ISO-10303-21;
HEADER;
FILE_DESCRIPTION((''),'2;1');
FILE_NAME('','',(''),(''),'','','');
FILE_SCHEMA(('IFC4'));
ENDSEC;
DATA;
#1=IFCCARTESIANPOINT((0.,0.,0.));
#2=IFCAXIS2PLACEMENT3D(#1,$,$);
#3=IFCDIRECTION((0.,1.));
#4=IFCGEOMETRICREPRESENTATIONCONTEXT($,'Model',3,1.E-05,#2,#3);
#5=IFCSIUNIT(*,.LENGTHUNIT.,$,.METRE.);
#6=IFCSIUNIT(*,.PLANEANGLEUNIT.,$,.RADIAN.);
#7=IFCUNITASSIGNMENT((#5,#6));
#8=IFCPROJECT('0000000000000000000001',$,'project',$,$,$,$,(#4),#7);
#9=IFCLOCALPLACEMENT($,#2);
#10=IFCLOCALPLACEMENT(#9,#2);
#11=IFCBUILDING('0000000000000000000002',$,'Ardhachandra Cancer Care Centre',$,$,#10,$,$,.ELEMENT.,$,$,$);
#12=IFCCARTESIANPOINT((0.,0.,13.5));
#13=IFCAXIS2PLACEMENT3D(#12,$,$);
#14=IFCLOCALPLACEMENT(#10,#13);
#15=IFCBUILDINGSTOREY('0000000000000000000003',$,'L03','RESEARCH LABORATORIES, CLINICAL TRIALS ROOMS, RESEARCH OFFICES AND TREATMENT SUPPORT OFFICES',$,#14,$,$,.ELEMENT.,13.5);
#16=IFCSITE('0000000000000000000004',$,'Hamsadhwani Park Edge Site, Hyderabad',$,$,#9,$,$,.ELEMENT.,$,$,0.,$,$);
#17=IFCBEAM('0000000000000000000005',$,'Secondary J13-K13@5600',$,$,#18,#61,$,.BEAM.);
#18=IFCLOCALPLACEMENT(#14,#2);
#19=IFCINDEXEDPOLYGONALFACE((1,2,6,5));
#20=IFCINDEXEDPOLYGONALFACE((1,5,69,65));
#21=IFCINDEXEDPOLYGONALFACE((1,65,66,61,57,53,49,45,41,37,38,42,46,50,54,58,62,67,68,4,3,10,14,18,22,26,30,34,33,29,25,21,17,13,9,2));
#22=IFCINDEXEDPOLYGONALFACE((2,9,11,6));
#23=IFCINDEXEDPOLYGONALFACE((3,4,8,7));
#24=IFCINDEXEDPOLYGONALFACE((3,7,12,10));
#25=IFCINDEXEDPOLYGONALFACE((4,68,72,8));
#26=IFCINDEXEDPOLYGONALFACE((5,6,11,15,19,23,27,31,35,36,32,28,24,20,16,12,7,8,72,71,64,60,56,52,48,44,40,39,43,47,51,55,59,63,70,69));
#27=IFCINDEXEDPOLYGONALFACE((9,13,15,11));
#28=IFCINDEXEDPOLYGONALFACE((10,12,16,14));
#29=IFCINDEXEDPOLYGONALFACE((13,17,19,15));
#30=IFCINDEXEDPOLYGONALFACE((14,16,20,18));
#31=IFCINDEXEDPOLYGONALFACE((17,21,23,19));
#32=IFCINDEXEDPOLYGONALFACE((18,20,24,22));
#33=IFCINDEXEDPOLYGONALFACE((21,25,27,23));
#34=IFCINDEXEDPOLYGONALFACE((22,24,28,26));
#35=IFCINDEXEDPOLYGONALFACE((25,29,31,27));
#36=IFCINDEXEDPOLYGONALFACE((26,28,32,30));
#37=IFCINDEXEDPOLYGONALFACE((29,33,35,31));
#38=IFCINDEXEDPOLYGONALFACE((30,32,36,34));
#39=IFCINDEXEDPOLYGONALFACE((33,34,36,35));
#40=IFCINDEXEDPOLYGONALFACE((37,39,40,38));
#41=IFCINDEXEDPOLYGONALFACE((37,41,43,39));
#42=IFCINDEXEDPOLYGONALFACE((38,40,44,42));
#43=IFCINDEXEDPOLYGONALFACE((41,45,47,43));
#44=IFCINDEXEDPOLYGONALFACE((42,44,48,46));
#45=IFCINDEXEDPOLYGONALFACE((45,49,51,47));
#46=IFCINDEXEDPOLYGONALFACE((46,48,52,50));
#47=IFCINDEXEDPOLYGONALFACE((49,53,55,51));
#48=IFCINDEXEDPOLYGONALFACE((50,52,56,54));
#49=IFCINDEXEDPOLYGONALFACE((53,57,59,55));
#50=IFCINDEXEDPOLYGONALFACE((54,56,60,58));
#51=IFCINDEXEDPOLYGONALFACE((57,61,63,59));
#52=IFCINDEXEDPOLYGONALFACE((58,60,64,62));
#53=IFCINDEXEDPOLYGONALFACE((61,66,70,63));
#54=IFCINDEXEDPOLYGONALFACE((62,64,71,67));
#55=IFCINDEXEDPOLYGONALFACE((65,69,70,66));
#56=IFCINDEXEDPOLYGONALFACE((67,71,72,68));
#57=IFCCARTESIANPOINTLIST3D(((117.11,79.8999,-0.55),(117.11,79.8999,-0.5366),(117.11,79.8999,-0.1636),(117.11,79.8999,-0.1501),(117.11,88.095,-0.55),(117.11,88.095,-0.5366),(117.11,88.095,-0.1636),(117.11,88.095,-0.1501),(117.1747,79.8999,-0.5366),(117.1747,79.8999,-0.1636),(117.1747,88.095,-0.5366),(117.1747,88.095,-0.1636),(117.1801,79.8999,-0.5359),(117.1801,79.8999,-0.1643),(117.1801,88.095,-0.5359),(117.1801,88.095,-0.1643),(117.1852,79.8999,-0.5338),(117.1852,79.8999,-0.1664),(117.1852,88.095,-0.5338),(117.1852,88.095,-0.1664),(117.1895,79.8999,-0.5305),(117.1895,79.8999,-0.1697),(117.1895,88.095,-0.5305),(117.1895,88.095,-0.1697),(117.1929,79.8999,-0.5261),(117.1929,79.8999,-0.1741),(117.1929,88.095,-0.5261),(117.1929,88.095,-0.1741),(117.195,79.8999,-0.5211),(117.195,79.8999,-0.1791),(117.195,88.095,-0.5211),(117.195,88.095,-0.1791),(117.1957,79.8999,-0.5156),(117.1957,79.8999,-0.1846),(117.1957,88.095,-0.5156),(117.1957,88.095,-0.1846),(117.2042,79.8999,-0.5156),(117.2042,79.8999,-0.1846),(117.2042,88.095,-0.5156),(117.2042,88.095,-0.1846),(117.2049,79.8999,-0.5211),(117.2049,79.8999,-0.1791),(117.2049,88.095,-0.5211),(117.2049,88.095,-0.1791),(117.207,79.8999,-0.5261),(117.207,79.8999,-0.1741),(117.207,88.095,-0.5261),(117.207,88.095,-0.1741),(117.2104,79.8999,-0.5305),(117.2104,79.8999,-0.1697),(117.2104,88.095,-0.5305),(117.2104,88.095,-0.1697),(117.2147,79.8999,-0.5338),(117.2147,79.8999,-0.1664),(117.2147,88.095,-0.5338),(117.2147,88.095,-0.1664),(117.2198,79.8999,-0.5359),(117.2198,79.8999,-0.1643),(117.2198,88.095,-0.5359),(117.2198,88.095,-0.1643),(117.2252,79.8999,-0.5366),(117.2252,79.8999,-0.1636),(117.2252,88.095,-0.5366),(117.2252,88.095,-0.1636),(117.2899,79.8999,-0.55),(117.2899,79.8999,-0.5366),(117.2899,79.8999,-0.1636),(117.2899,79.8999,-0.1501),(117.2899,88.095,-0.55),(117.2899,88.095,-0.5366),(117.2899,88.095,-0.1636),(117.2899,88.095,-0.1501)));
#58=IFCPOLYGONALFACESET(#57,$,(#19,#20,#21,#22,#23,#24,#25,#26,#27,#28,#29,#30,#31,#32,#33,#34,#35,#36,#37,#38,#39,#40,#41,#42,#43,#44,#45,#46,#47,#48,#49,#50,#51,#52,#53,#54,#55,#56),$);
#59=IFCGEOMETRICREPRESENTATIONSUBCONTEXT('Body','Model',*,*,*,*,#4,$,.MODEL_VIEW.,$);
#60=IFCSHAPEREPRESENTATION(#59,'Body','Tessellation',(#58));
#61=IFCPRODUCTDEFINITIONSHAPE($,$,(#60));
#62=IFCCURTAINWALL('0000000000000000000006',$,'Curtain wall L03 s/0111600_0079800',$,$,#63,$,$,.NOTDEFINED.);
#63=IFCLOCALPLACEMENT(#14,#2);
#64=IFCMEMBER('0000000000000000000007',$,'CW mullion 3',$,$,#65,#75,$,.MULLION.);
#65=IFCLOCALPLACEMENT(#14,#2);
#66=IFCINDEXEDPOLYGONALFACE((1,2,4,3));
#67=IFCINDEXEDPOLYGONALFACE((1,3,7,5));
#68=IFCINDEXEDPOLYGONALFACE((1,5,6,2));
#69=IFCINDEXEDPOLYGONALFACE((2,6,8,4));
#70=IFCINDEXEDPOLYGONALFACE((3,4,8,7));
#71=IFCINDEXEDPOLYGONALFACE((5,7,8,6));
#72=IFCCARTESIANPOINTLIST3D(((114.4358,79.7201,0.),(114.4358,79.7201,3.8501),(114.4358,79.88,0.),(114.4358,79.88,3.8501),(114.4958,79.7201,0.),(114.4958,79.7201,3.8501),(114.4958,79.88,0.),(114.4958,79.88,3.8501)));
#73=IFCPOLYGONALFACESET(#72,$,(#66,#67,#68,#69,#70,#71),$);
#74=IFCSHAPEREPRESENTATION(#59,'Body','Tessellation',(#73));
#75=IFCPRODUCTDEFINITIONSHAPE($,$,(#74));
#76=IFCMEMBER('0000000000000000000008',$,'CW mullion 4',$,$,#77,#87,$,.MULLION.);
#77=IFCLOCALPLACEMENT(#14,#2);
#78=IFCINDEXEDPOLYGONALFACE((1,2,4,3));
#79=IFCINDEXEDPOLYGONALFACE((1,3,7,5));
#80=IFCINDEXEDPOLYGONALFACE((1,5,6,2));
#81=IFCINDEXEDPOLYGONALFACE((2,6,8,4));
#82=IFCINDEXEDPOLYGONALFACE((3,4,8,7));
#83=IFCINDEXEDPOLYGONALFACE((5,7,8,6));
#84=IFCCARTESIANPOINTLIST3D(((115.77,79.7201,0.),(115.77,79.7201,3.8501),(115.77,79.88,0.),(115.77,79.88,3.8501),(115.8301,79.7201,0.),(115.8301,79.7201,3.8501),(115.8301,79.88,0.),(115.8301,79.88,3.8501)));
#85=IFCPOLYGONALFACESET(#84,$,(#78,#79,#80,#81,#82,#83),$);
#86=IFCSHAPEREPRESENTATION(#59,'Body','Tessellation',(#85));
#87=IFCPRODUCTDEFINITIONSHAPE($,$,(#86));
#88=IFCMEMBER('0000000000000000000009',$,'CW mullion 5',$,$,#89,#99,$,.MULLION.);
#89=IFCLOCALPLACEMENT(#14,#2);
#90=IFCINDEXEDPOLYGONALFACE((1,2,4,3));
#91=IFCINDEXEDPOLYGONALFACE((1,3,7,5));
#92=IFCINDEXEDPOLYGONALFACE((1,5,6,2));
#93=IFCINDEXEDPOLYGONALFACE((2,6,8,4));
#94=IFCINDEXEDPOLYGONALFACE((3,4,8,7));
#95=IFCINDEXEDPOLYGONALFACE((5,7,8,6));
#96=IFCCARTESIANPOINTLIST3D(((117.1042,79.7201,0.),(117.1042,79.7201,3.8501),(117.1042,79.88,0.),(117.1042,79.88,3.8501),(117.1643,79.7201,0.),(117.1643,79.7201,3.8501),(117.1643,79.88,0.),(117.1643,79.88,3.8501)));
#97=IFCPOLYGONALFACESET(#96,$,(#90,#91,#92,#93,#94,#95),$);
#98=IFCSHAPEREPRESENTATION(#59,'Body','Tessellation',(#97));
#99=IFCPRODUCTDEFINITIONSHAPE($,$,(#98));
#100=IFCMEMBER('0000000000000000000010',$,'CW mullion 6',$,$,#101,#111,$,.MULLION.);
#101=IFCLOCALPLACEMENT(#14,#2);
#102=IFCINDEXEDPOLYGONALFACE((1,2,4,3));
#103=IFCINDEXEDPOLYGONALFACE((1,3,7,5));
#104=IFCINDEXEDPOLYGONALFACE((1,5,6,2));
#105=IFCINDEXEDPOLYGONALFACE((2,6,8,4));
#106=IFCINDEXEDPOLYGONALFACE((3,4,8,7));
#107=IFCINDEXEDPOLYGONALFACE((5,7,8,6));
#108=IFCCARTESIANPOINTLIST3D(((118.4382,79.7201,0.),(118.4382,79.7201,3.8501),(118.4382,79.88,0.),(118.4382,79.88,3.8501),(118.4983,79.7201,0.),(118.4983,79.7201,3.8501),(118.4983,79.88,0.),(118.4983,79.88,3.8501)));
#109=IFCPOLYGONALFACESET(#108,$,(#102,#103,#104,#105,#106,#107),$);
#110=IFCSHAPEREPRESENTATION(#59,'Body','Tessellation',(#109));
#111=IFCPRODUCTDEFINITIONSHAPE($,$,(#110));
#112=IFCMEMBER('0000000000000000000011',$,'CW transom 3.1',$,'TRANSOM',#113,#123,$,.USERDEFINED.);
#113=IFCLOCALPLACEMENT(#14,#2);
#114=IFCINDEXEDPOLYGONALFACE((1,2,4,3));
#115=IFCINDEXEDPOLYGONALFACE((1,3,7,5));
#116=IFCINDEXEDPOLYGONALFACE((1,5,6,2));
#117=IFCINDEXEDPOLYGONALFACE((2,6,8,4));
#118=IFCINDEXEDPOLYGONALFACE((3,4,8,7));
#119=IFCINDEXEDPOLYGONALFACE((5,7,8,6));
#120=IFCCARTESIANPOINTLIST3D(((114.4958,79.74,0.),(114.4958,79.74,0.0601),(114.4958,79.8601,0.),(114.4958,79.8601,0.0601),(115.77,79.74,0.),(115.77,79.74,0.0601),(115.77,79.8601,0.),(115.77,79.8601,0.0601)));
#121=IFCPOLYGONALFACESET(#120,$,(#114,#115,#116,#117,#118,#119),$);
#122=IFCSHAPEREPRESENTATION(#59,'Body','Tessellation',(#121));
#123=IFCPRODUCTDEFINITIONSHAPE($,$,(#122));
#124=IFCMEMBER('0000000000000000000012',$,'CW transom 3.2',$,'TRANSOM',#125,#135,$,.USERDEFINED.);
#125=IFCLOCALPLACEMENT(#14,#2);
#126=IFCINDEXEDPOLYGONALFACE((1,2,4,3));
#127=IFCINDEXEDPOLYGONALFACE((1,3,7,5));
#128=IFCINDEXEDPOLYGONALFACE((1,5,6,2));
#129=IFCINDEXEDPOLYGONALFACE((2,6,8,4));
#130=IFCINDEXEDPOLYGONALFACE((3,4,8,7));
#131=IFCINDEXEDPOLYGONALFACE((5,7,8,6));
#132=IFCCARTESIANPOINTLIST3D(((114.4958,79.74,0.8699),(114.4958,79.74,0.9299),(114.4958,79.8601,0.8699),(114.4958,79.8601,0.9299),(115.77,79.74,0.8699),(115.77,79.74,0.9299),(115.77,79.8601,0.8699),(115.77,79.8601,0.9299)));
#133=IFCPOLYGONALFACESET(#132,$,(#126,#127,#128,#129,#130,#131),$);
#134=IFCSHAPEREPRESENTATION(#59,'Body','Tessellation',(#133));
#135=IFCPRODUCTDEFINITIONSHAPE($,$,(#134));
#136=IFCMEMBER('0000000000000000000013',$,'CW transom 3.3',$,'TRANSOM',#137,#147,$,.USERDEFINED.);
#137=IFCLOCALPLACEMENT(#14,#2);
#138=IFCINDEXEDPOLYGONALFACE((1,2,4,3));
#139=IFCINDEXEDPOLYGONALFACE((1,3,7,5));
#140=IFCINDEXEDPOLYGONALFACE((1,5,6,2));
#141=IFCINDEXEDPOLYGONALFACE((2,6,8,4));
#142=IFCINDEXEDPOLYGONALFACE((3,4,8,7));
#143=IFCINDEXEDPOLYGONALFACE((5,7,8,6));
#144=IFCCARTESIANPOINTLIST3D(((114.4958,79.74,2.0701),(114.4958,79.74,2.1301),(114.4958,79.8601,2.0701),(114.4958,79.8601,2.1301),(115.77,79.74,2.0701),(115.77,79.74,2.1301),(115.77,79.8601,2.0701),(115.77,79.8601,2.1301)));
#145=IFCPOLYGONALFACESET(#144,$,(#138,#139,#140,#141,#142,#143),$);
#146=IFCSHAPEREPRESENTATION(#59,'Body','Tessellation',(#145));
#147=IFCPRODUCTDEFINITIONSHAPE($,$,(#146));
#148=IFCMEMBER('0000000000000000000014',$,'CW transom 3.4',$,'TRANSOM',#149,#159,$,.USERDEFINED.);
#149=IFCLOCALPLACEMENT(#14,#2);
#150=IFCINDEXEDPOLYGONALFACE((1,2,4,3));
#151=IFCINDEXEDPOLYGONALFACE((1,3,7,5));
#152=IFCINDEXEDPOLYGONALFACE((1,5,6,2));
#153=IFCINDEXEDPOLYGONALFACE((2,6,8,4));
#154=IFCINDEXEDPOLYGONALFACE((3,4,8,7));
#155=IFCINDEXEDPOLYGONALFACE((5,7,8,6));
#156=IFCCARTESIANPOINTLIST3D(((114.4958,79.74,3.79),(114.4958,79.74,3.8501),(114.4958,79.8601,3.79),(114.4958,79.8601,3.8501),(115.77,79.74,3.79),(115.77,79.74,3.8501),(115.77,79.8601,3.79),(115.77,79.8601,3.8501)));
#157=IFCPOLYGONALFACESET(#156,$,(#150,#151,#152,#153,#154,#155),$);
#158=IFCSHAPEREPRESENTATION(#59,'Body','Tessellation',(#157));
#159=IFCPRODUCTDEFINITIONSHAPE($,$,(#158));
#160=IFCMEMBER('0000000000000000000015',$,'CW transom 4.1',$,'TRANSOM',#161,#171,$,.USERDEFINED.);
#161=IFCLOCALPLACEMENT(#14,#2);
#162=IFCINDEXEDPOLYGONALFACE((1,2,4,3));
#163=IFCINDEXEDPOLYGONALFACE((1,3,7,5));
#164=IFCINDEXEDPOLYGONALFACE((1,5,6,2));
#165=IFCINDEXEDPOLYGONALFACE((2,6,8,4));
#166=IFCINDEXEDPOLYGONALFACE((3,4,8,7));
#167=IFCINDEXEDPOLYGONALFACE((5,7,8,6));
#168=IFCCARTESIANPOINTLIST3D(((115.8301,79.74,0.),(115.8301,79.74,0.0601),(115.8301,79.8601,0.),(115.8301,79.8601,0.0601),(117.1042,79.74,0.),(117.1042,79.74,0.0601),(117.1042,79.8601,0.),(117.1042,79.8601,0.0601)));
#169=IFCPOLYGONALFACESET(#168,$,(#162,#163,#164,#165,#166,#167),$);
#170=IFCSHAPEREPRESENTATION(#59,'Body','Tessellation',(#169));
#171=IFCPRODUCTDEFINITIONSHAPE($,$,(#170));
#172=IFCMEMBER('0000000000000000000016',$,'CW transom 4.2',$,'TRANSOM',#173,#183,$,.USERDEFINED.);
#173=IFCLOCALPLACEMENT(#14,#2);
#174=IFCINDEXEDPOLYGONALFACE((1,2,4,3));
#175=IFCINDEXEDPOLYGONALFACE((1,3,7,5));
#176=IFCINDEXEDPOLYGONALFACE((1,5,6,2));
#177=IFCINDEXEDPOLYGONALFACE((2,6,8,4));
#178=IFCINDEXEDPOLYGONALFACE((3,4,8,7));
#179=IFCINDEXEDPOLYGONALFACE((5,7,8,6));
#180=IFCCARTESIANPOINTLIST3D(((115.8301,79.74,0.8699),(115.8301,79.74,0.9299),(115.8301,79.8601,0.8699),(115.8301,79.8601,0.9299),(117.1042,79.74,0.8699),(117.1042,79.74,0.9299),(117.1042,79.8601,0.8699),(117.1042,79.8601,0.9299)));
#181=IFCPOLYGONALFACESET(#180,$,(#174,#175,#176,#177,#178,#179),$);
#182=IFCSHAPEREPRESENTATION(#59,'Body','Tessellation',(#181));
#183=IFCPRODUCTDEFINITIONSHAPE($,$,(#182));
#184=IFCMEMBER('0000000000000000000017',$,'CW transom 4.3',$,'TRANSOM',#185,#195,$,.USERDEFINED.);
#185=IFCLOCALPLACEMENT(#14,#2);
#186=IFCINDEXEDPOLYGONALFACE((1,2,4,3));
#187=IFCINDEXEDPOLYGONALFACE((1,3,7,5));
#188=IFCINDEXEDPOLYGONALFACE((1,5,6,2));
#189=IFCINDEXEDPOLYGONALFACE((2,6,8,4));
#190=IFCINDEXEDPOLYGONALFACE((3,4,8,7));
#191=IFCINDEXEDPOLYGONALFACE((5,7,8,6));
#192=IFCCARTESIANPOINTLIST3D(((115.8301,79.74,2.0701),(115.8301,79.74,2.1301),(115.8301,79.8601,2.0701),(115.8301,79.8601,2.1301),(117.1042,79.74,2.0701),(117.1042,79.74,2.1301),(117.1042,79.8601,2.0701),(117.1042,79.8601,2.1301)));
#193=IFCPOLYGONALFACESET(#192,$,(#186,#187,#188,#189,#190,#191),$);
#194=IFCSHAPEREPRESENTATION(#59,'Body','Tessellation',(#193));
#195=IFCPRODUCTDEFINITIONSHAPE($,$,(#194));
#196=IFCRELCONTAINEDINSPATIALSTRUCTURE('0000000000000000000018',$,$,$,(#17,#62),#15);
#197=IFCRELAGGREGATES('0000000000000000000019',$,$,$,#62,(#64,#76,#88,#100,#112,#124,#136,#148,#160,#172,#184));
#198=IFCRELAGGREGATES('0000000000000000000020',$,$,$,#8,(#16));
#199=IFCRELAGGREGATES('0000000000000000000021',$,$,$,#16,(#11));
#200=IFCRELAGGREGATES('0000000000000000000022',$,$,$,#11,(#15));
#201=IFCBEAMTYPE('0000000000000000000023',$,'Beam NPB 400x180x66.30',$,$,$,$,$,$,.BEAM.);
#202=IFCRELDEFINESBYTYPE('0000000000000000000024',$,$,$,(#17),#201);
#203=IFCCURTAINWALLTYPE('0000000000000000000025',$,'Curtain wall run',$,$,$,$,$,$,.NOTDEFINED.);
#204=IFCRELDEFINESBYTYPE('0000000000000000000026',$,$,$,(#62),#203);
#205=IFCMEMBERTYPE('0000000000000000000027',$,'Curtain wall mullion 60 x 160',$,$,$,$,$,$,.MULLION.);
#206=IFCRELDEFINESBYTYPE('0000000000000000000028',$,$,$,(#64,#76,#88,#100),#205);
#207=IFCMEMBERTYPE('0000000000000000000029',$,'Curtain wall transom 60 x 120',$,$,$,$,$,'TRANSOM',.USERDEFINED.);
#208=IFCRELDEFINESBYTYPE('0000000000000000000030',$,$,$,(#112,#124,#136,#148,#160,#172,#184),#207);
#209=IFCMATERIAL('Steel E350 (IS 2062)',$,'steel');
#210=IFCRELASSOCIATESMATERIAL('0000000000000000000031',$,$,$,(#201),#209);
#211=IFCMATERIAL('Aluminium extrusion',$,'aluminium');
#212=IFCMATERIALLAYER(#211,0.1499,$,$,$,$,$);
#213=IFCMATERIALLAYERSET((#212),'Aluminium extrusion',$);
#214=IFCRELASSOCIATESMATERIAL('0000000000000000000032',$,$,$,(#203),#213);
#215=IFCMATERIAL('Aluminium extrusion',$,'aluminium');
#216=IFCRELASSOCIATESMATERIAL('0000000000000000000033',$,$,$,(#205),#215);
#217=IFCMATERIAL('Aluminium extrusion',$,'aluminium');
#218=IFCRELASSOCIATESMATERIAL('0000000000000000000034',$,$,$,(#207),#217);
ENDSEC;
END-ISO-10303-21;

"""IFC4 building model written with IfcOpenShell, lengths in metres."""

from ifc_helpers import new_model, si_unit, direction, frame, origin, origin_2d, place, context, subcontext, project, spatial, rectangle, i_section, extrude, material, layer, layer_set, material_profile, profile_set, type_object, element, aggregate, save


model = new_model("IFC4")

# Units and contexts
model_context = context("Model", 3, precision=1e-05, world=origin(), true_north=direction((0.0, 1.0)))
body_context = subcontext(model_context, "Body", "Model", "MODEL_VIEW")
ifc_project = project(units=[si_unit("LENGTHUNIT", "METRE"), si_unit("PLANEANGLEUNIT", "RADIAN")], contexts=[model_context])

# Site, building, storey
site_placement = place(None, origin())
site = spatial("IfcSite", under=ifc_project, at=site_placement, Name="Hamsadhwani Park Edge Site, Hyderabad", CompositionType="ELEMENT", RefElevation=0.0)
building_placement = place(site_placement, origin())
building = spatial("IfcBuilding", under=site, at=building_placement, Name="Ardhachandra Cancer Care Centre", CompositionType="ELEMENT")
storey_placement = place(building_placement, frame((0.0, 0.0, 13.5)))
storey = spatial("IfcBuildingStorey", under=building, at=storey_placement, Name="L03", Description="RESEARCH LABORATORIES, CLINICAL TRIALS ROOMS, RESEARCH OFFICES AND TREATMENT SUPPORT OFFICES", CompositionType="ELEMENT", Elevation=13.5)

# Beam
ifc_material_1 = material(Name="Steel E350 (IS 2062)", Category="steel")
ifc_material_profile_1 = material_profile(ifc_material_1, i_section(OverallWidth=0.1799, OverallDepth=0.3999, WebThickness=0.0085, FlangeThickness=0.0134, FilletRadius=0.021, at=origin_2d()), Name="NPB 400x180x66.30")
ifc_profile_set_1 = profile_set([ifc_material_profile_1], Name="Steel E350 (IS 2062)")
beam_type = type_object("IfcBeamType", Name="Beam NPB 400x180x66.30", PredefinedType="BEAM", material=ifc_profile_set_1)
beam_placement = place(storey_placement, frame((117.2, 79.8999, -0.3501), z_axis=(0.0, 1.0, 0.0), x_axis=(-1.0, 0.0, 0.0)))
element("IfcBeam", 1, at=beam_placement, inside=storey, type_object=beam_type, Name="Secondary J13-K13@5600", PredefinedType="BEAM", context=body_context, shape_type="SweptSolid", body=[
    extrude(i_section(OverallWidth=0.1799, OverallDepth=0.3999, WebThickness=0.0085, FlangeThickness=0.0134, FilletRadius=0.021, at=origin_2d()), origin(), (0.0, 0.0, 1.0), 8.1951),
])

# Curtain wall, members
ifc_material_2 = material(Name="Aluminium extrusion", Category="aluminium")
ifc_layer_1 = layer(ifc_material_2, 0.1499)
ifc_layer_set_1 = layer_set([ifc_layer_1], Name="Aluminium extrusion")
curtain_wall_type = type_object("IfcCurtainWallType", Name="Curtain wall run", PredefinedType="NOTDEFINED", material=ifc_layer_set_1)
curtain_wall_placement = place(storey_placement, origin())
curtain_wall = element("IfcCurtainWall", 2, at=curtain_wall_placement, inside=storey, type_object=curtain_wall_type, Name="Curtain wall L03 s/0111600_0079800", PredefinedType="NOTDEFINED")
ifc_material_3 = material(Name="Aluminium extrusion", Category="aluminium")
ifc_material_profile_2 = material_profile(ifc_material_3, rectangle(XDim=0.1599, YDim=0.0601, at=origin_2d()), Name="Curtain wall mullion 60 x 160")
ifc_profile_set_2 = profile_set([ifc_material_profile_2], Name="Aluminium extrusion")
member_type_1 = type_object("IfcMemberType", Name="Curtain wall mullion 60 x 160", PredefinedType="MULLION", material=ifc_profile_set_2)
member_1_placement = place(storey_placement, frame((114.4658, 79.8, 0.0), z_axis=(0.0, 0.0, 1.0), x_axis=(0.0, 1.0, 0.0)))
member_1 = element("IfcMember", 3, at=member_1_placement, type_object=member_type_1, Name="CW mullion 3", PredefinedType="MULLION", context=body_context, shape_type="SweptSolid", body=[
    extrude(rectangle(XDim=0.1599, YDim=0.0601, at=origin_2d()), origin(), (0.0, 0.0, 1.0), 3.8501),
])
member_2_placement = place(storey_placement, frame((115.8, 79.8, 0.0), z_axis=(0.0, 0.0, 1.0), x_axis=(0.0, 1.0, 0.0)))
member_2 = element("IfcMember", 4, at=member_2_placement, type_object=member_type_1, Name="CW mullion 4", PredefinedType="MULLION", context=body_context, shape_type="SweptSolid", body=[
    extrude(rectangle(XDim=0.1599, YDim=0.0601, at=origin_2d()), origin(), (0.0, 0.0, 1.0), 3.8501),
])
member_3_placement = place(storey_placement, frame((117.1343, 79.8, 0.0), z_axis=(0.0, 0.0, 1.0), x_axis=(0.0, 1.0, 0.0)))
member_3 = element("IfcMember", 5, at=member_3_placement, type_object=member_type_1, Name="CW mullion 5", PredefinedType="MULLION", context=body_context, shape_type="SweptSolid", body=[
    extrude(rectangle(XDim=0.1599, YDim=0.0601, at=origin_2d()), origin(), (0.0, 0.0, 1.0), 3.8501),
])
member_4_placement = place(storey_placement, frame((118.4683, 79.8, 0.0), z_axis=(0.0, 0.0, 1.0), x_axis=(0.0, 1.0, 0.0)))
member_4 = element("IfcMember", 6, at=member_4_placement, type_object=member_type_1, Name="CW mullion 6", PredefinedType="MULLION", context=body_context, shape_type="SweptSolid", body=[
    extrude(rectangle(XDim=0.1599, YDim=0.0601, at=origin_2d()), origin(), (0.0, 0.0, 1.0), 3.8501),
])
ifc_material_4 = material(Name="Aluminium extrusion", Category="aluminium")
ifc_material_profile_3 = material_profile(ifc_material_4, rectangle(XDim=0.1201, YDim=0.0601, at=origin_2d()), Name="Curtain wall transom 60 x 120")
ifc_profile_set_3 = profile_set([ifc_material_profile_3], Name="Aluminium extrusion")
member_type_2 = type_object("IfcMemberType", Name="Curtain wall transom 60 x 120", ElementType="TRANSOM", PredefinedType="USERDEFINED", material=ifc_profile_set_3)
member_5_placement = place(storey_placement, frame((114.4958, 79.8, 0.03), z_axis=(1.0, 0.0, 0.0), x_axis=(0.0, 1.0, 0.0)))
member_5 = element("IfcMember", 7, at=member_5_placement, type_object=member_type_2, Name="CW transom 3.1", ObjectType="TRANSOM", PredefinedType="USERDEFINED", context=body_context, shape_type="SweptSolid", body=[
    extrude(rectangle(XDim=0.1201, YDim=0.0601, at=origin_2d()), origin(), (0.0, 0.0, 1.0), 1.2742),
])
member_6_placement = place(storey_placement, frame((114.4958, 79.8, 0.8999), z_axis=(1.0, 0.0, 0.0), x_axis=(0.0, 1.0, 0.0)))
member_6 = element("IfcMember", 8, at=member_6_placement, type_object=member_type_2, Name="CW transom 3.2", ObjectType="TRANSOM", PredefinedType="USERDEFINED", context=body_context, shape_type="SweptSolid", body=[
    extrude(rectangle(XDim=0.1201, YDim=0.0601, at=origin_2d()), origin(), (0.0, 0.0, 1.0), 1.2742),
])
member_7_placement = place(storey_placement, frame((114.4958, 79.8, 2.1001), z_axis=(1.0, 0.0, 0.0), x_axis=(0.0, 1.0, 0.0)))
member_7 = element("IfcMember", 9, at=member_7_placement, type_object=member_type_2, Name="CW transom 3.3", ObjectType="TRANSOM", PredefinedType="USERDEFINED", context=body_context, shape_type="SweptSolid", body=[
    extrude(rectangle(XDim=0.1201, YDim=0.0601, at=origin_2d()), origin(), (0.0, 0.0, 1.0), 1.2742),
])
member_8_placement = place(storey_placement, frame((114.4958, 79.8, 3.8201), z_axis=(1.0, 0.0, 0.0), x_axis=(0.0, 1.0, 0.0)))
member_8 = element("IfcMember", 10, at=member_8_placement, type_object=member_type_2, Name="CW transom 3.4", ObjectType="TRANSOM", PredefinedType="USERDEFINED", context=body_context, shape_type="SweptSolid", body=[
    extrude(rectangle(XDim=0.1201, YDim=0.0601, at=origin_2d()), origin(), (0.0, 0.0, 1.0), 1.2742),
])
member_9_placement = place(storey_placement, frame((115.8301, 79.8, 0.03), z_axis=(1.0, 0.0, 0.0), x_axis=(0.0, 1.0, 0.0)))
member_9 = element("IfcMember", 11, at=member_9_placement, type_object=member_type_2, Name="CW transom 4.1", ObjectType="TRANSOM", PredefinedType="USERDEFINED", context=body_context, shape_type="SweptSolid", body=[
    extrude(rectangle(XDim=0.1201, YDim=0.0601, at=origin_2d()), origin(), (0.0, 0.0, 1.0), 1.2742),
])
member_10_placement = place(storey_placement, frame((115.8301, 79.8, 0.8999), z_axis=(1.0, 0.0, 0.0), x_axis=(0.0, 1.0, 0.0)))
member_10 = element("IfcMember", 12, at=member_10_placement, type_object=member_type_2, Name="CW transom 4.2", ObjectType="TRANSOM", PredefinedType="USERDEFINED", context=body_context, shape_type="SweptSolid", body=[
    extrude(rectangle(XDim=0.1201, YDim=0.0601, at=origin_2d()), origin(), (0.0, 0.0, 1.0), 1.2742),
])
member_11_placement = place(storey_placement, frame((115.8301, 79.8, 2.1001), z_axis=(1.0, 0.0, 0.0), x_axis=(0.0, 1.0, 0.0)))
member_11 = element("IfcMember", 13, at=member_11_placement, type_object=member_type_2, Name="CW transom 4.3", ObjectType="TRANSOM", PredefinedType="USERDEFINED", context=body_context, shape_type="SweptSolid", body=[
    extrude(rectangle(XDim=0.1201, YDim=0.0601, at=origin_2d()), origin(), (0.0, 0.0, 1.0), 1.2742),
])
aggregate(curtain_wall, [member_1, member_2, member_3, member_4, member_5, member_6, member_7, member_8, member_9, member_10, member_11])

save(model, "model.ifc")
